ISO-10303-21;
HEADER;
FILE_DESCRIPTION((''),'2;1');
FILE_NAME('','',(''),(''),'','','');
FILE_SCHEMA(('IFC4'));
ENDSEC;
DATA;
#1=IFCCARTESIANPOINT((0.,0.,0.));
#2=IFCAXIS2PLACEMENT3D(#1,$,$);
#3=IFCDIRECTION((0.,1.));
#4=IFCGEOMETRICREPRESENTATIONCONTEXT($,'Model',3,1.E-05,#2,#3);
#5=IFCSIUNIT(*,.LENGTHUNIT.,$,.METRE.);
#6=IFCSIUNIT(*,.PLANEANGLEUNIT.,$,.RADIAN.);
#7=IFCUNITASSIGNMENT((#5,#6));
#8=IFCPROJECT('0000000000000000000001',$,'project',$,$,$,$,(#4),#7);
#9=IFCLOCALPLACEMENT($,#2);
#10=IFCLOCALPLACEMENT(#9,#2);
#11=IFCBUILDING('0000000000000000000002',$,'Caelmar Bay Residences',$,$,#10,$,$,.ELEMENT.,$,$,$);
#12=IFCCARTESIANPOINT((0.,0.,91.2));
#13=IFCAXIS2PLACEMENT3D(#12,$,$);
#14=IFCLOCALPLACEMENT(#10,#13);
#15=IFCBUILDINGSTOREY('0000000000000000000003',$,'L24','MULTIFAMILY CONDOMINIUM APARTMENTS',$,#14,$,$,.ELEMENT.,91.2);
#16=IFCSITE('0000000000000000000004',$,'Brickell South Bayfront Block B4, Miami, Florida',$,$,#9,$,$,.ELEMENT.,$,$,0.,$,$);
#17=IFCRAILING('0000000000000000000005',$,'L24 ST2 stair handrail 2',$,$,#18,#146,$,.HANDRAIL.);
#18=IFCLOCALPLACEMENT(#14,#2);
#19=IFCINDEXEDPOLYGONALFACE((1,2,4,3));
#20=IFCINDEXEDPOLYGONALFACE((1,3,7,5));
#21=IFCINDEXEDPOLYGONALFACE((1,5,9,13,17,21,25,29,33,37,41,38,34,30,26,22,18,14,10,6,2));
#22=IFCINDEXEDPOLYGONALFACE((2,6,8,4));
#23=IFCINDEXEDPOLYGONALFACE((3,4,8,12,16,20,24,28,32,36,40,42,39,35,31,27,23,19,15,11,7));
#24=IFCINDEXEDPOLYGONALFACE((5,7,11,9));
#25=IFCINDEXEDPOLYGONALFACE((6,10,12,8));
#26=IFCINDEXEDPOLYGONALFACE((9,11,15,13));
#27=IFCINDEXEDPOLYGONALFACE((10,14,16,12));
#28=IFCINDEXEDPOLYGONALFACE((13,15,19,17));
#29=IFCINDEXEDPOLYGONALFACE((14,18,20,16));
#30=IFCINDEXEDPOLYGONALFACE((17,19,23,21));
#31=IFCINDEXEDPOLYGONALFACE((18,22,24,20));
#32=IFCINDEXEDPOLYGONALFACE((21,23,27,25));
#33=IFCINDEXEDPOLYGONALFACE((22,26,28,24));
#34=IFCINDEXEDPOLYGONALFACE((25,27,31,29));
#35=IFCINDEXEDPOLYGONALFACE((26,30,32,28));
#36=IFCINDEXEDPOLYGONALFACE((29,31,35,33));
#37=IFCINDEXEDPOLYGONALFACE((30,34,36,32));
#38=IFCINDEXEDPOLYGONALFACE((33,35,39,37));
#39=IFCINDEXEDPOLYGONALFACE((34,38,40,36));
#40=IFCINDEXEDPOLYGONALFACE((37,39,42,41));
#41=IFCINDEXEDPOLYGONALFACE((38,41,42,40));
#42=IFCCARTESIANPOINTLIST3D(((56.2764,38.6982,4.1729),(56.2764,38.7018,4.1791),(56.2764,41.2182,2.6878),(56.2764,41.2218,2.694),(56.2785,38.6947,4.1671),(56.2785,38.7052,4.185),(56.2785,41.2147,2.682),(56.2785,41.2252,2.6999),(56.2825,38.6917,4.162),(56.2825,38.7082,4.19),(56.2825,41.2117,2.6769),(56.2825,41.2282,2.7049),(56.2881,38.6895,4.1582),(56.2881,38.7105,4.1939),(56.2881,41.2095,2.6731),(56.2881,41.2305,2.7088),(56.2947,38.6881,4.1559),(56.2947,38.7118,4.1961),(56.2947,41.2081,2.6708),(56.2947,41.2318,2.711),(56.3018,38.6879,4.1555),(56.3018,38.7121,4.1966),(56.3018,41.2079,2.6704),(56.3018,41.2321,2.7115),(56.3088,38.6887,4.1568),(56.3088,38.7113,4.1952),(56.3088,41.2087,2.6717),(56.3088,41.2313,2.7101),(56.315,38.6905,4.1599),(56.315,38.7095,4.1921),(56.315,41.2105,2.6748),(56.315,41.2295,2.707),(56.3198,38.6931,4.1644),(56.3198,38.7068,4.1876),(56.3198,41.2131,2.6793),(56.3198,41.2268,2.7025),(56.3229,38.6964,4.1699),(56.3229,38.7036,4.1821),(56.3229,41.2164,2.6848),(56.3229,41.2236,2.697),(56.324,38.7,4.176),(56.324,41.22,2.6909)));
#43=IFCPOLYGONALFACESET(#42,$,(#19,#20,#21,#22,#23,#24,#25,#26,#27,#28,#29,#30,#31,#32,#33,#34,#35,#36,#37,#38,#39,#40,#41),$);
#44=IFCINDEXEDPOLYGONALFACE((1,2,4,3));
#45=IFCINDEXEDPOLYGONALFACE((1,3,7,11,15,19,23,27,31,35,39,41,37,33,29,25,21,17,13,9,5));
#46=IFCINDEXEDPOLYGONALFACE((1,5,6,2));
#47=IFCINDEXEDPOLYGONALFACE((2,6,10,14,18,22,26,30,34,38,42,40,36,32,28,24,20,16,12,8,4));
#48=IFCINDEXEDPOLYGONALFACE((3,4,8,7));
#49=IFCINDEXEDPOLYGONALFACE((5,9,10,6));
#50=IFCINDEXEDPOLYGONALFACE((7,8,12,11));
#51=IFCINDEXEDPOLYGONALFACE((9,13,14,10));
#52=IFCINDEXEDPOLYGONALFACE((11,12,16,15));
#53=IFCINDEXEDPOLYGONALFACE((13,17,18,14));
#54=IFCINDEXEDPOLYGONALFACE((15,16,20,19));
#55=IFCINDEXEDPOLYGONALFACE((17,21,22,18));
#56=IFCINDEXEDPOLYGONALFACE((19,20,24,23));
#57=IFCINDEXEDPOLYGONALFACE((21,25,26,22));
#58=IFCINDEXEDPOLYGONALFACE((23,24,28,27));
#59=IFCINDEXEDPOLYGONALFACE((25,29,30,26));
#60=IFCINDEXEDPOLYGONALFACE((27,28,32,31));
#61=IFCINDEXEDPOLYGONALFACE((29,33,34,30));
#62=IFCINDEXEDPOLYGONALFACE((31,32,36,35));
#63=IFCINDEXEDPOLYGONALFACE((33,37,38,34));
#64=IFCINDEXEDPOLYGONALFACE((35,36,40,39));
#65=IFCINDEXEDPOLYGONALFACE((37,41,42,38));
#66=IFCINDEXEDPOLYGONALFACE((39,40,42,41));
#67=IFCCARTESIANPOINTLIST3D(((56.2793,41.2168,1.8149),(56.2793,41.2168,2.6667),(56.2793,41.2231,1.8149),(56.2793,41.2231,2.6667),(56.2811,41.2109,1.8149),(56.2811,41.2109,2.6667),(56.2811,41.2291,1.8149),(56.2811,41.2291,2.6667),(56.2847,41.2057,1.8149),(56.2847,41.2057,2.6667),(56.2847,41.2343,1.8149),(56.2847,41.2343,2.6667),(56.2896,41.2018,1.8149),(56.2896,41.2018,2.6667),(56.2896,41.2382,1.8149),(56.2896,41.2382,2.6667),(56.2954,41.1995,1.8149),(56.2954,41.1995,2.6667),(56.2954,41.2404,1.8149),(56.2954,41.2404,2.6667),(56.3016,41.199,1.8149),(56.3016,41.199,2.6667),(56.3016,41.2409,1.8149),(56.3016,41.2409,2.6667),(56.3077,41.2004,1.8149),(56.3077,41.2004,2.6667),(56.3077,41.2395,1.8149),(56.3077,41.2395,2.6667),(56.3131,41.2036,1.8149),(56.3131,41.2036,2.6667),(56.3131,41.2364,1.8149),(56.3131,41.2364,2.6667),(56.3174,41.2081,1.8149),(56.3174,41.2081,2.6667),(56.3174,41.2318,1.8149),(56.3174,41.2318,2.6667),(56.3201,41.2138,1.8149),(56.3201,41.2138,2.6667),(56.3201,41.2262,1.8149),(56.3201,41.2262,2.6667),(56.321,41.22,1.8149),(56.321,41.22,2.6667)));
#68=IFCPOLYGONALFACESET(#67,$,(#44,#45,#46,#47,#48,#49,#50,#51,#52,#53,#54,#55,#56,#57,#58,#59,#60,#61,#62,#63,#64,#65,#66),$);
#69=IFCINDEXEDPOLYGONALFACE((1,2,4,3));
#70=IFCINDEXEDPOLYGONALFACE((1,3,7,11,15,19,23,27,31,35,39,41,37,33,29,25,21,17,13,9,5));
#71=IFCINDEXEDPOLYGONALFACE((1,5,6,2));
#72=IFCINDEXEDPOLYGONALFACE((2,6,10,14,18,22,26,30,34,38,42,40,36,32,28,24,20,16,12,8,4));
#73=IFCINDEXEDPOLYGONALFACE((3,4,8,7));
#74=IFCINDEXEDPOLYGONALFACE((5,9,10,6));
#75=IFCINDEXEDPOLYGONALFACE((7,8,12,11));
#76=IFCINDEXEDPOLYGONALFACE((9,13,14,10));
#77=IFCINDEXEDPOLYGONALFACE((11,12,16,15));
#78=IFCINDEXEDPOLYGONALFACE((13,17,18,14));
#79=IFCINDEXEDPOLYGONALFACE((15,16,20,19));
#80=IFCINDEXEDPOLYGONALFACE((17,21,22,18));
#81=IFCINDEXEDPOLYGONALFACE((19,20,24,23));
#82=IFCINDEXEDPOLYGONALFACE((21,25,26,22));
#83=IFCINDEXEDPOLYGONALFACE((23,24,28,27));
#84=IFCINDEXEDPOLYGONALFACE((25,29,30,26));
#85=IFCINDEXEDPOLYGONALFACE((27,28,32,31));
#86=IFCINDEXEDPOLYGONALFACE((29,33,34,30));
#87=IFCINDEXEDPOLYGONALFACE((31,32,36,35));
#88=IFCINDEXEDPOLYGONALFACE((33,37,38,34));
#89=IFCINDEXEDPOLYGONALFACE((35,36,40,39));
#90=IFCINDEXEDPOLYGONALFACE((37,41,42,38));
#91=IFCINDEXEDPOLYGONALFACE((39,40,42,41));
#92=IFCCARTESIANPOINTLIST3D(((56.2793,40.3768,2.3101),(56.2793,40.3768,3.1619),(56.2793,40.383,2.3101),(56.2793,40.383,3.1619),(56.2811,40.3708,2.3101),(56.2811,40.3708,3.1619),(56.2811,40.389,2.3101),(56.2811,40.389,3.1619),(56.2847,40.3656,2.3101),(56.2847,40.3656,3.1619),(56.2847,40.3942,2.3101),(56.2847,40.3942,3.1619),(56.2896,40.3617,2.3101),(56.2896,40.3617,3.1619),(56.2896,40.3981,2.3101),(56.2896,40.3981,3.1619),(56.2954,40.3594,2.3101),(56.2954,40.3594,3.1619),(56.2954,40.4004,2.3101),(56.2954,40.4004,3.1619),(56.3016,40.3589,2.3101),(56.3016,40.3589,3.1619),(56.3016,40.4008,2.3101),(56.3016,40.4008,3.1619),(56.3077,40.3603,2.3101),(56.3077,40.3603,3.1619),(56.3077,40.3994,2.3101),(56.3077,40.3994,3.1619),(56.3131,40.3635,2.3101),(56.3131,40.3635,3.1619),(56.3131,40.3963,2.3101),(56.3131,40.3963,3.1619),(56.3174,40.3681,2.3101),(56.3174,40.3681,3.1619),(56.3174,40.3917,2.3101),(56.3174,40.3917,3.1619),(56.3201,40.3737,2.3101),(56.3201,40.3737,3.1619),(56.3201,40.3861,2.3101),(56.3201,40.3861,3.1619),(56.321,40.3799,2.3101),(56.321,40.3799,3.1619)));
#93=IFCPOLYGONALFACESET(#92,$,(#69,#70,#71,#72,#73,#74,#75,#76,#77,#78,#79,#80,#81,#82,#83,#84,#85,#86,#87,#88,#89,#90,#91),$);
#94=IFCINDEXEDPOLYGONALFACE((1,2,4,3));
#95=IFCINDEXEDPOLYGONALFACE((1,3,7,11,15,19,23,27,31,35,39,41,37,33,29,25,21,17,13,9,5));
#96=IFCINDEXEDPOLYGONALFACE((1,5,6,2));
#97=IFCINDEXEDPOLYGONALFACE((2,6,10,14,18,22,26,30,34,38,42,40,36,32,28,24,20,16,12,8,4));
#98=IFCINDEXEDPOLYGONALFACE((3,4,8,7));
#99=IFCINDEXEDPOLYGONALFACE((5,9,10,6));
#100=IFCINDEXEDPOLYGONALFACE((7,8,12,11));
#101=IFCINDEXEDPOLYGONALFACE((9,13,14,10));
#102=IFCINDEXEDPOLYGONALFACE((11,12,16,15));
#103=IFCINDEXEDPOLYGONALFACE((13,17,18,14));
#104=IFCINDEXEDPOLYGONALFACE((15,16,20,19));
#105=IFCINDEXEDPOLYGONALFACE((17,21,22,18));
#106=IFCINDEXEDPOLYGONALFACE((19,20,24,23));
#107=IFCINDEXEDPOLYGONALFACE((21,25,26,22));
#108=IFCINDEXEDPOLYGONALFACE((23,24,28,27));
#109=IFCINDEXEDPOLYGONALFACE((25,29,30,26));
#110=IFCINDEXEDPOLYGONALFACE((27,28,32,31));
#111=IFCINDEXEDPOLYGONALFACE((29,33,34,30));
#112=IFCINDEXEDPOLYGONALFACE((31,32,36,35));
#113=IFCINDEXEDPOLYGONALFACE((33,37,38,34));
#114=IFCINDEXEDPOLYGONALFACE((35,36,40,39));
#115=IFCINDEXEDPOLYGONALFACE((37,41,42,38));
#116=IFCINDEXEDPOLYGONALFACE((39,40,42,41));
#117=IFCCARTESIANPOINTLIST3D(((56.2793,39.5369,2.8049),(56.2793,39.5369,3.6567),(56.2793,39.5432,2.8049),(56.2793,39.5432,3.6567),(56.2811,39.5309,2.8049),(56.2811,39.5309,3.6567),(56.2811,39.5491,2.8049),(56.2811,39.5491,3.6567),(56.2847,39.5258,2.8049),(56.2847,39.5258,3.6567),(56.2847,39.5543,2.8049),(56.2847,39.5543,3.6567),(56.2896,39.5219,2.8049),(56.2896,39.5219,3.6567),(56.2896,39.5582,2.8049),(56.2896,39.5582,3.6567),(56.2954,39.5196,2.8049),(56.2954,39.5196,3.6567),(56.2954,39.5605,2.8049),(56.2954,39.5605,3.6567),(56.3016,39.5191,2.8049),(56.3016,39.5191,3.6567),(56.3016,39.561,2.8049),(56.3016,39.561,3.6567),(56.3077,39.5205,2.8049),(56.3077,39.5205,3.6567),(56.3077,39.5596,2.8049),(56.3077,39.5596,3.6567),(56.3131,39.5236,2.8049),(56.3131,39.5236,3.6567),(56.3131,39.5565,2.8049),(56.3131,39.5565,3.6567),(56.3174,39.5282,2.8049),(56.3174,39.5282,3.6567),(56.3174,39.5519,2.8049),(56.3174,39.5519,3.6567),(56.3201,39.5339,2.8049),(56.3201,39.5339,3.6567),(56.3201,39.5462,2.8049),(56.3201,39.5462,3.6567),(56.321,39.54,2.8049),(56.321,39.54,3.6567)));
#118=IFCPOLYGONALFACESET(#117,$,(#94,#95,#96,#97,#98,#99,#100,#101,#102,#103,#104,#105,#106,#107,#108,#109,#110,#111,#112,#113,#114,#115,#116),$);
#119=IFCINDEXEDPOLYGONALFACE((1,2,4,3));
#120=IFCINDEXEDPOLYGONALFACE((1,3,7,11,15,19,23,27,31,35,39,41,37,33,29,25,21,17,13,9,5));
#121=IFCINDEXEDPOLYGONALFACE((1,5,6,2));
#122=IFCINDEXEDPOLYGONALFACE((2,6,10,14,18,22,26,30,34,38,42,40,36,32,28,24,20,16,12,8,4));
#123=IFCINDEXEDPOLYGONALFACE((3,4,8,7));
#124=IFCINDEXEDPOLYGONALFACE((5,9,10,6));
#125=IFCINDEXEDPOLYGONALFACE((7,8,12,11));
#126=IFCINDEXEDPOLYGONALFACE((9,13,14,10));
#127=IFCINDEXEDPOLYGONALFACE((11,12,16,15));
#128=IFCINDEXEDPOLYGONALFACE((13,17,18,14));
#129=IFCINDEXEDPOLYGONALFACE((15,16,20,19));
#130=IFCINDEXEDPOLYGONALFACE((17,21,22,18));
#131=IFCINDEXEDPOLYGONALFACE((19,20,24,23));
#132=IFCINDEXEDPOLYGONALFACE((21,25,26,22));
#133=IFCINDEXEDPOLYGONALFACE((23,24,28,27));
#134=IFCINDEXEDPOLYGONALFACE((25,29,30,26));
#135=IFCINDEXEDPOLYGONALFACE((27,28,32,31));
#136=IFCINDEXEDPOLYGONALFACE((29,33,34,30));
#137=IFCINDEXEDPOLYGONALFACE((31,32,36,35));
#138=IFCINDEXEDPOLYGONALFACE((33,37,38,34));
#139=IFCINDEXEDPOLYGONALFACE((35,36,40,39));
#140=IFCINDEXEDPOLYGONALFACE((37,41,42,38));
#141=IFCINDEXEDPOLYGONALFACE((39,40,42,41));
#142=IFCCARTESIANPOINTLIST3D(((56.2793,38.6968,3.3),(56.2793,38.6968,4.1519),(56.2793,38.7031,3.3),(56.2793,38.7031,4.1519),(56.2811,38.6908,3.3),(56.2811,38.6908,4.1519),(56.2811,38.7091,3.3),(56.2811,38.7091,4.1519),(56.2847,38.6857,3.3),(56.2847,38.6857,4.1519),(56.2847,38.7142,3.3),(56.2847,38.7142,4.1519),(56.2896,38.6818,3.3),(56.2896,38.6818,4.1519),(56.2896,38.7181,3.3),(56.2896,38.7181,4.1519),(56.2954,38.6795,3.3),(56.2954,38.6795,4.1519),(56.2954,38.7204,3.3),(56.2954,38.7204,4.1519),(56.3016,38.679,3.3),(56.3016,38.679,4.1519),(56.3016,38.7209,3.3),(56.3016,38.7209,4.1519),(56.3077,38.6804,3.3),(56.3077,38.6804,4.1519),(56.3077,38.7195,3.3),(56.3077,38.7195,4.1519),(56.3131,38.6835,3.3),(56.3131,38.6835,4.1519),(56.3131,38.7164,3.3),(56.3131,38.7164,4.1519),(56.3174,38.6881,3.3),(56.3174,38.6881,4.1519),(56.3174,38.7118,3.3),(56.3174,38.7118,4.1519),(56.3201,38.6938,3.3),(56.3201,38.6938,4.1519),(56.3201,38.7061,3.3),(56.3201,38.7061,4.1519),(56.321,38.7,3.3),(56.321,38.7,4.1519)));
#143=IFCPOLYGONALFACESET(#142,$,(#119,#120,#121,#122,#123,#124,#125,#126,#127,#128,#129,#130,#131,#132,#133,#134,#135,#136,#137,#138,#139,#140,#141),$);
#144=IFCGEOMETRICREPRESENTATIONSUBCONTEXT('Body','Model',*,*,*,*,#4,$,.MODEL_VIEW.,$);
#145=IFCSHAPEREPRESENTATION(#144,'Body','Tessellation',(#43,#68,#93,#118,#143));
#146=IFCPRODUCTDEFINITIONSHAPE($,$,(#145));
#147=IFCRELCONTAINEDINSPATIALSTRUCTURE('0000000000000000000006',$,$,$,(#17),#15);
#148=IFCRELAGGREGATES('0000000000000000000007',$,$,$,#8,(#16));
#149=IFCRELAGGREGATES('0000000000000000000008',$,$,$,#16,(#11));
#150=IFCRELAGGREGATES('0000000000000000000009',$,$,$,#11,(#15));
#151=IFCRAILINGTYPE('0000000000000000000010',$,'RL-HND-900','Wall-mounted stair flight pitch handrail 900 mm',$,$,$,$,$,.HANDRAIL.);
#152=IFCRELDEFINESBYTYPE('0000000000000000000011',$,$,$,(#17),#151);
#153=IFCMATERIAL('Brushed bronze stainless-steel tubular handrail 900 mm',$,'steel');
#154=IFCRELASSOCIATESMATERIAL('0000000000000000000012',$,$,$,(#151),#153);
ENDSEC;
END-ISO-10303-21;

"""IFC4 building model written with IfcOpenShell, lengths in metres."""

from ifc_helpers import new_model, si_unit, direction, frame, origin, origin_2d, place, context, subcontext, project, spatial, circle, extrude, material, type_object, element, save


model = new_model("IFC4")

# Units and contexts
model_context = context("Model", 3, precision=1e-05, world=origin(), true_north=direction((0.0, 1.0)))
body_context = subcontext(model_context, "Body", "Model", "MODEL_VIEW")
ifc_project = project(units=[si_unit("LENGTHUNIT", "METRE"), si_unit("PLANEANGLEUNIT", "RADIAN")], contexts=[model_context])

# Site, building, storey
site_placement = place(None, origin())
site = spatial("IfcSite", under=ifc_project, at=site_placement, Name="Brickell South Bayfront Block B4, Miami, Florida", CompositionType="ELEMENT", RefElevation=0.0)
building_placement = place(site_placement, origin())
building = spatial("IfcBuilding", under=site, at=building_placement, Name="Caelmar Bay Residences", CompositionType="ELEMENT")
storey_placement = place(building_placement, frame((0.0, 0.0, 91.2)))
storey = spatial("IfcBuildingStorey", under=building, at=storey_placement, Name="L24", Description="MULTIFAMILY CONDOMINIUM APARTMENTS", CompositionType="ELEMENT", Elevation=91.2)

# Railing
ifc_material_1 = material(Name="Brushed bronze stainless-steel tubular handrail 900 mm", Category="steel")
railing_type_1 = type_object("IfcRailingType", Name="RL-HND-900", Description="Wall-mounted stair flight pitch handrail 900 mm", PredefinedType="HANDRAIL", material=ifc_material_1)
railing_1_placement = place(storey_placement, frame((56.3, 41.22, 1.8149)))
element("IfcRailing", 1, at=railing_1_placement, inside=storey, type_object=railing_type_1, Name="L24 ST2 stair handrail 2", PredefinedType="HANDRAIL", context=body_context, shape_type="SweptSolid", body=[
    extrude(circle(Radius=0.0239, at=origin_2d()), frame((0.0, 0.0, 0.876), z_axis=(0.0, -0.861524, 0.507717), x_axis=(1.0, 0.0, 0.0)), (0.0, 0.0, 1.0), 2.925),
    extrude(circle(Radius=0.021, at=origin_2d()), origin(), (0.0, 0.0, 1.0), 0.8518),
    extrude(circle(Radius=0.021, at=origin_2d()), frame((0.0, -0.8401, 0.4951)), (0.0, 0.0, 1.0), 0.8518),
    extrude(circle(Radius=0.021, at=origin_2d()), frame((0.0, -1.6799, 0.99)), (0.0, 0.0, 1.0), 0.8518),
    extrude(circle(Radius=0.021, at=origin_2d()), frame((0.0, -2.52, 1.4851)), (0.0, 0.0, 1.0), 0.8518),
])

save(model, "model.ifc")
